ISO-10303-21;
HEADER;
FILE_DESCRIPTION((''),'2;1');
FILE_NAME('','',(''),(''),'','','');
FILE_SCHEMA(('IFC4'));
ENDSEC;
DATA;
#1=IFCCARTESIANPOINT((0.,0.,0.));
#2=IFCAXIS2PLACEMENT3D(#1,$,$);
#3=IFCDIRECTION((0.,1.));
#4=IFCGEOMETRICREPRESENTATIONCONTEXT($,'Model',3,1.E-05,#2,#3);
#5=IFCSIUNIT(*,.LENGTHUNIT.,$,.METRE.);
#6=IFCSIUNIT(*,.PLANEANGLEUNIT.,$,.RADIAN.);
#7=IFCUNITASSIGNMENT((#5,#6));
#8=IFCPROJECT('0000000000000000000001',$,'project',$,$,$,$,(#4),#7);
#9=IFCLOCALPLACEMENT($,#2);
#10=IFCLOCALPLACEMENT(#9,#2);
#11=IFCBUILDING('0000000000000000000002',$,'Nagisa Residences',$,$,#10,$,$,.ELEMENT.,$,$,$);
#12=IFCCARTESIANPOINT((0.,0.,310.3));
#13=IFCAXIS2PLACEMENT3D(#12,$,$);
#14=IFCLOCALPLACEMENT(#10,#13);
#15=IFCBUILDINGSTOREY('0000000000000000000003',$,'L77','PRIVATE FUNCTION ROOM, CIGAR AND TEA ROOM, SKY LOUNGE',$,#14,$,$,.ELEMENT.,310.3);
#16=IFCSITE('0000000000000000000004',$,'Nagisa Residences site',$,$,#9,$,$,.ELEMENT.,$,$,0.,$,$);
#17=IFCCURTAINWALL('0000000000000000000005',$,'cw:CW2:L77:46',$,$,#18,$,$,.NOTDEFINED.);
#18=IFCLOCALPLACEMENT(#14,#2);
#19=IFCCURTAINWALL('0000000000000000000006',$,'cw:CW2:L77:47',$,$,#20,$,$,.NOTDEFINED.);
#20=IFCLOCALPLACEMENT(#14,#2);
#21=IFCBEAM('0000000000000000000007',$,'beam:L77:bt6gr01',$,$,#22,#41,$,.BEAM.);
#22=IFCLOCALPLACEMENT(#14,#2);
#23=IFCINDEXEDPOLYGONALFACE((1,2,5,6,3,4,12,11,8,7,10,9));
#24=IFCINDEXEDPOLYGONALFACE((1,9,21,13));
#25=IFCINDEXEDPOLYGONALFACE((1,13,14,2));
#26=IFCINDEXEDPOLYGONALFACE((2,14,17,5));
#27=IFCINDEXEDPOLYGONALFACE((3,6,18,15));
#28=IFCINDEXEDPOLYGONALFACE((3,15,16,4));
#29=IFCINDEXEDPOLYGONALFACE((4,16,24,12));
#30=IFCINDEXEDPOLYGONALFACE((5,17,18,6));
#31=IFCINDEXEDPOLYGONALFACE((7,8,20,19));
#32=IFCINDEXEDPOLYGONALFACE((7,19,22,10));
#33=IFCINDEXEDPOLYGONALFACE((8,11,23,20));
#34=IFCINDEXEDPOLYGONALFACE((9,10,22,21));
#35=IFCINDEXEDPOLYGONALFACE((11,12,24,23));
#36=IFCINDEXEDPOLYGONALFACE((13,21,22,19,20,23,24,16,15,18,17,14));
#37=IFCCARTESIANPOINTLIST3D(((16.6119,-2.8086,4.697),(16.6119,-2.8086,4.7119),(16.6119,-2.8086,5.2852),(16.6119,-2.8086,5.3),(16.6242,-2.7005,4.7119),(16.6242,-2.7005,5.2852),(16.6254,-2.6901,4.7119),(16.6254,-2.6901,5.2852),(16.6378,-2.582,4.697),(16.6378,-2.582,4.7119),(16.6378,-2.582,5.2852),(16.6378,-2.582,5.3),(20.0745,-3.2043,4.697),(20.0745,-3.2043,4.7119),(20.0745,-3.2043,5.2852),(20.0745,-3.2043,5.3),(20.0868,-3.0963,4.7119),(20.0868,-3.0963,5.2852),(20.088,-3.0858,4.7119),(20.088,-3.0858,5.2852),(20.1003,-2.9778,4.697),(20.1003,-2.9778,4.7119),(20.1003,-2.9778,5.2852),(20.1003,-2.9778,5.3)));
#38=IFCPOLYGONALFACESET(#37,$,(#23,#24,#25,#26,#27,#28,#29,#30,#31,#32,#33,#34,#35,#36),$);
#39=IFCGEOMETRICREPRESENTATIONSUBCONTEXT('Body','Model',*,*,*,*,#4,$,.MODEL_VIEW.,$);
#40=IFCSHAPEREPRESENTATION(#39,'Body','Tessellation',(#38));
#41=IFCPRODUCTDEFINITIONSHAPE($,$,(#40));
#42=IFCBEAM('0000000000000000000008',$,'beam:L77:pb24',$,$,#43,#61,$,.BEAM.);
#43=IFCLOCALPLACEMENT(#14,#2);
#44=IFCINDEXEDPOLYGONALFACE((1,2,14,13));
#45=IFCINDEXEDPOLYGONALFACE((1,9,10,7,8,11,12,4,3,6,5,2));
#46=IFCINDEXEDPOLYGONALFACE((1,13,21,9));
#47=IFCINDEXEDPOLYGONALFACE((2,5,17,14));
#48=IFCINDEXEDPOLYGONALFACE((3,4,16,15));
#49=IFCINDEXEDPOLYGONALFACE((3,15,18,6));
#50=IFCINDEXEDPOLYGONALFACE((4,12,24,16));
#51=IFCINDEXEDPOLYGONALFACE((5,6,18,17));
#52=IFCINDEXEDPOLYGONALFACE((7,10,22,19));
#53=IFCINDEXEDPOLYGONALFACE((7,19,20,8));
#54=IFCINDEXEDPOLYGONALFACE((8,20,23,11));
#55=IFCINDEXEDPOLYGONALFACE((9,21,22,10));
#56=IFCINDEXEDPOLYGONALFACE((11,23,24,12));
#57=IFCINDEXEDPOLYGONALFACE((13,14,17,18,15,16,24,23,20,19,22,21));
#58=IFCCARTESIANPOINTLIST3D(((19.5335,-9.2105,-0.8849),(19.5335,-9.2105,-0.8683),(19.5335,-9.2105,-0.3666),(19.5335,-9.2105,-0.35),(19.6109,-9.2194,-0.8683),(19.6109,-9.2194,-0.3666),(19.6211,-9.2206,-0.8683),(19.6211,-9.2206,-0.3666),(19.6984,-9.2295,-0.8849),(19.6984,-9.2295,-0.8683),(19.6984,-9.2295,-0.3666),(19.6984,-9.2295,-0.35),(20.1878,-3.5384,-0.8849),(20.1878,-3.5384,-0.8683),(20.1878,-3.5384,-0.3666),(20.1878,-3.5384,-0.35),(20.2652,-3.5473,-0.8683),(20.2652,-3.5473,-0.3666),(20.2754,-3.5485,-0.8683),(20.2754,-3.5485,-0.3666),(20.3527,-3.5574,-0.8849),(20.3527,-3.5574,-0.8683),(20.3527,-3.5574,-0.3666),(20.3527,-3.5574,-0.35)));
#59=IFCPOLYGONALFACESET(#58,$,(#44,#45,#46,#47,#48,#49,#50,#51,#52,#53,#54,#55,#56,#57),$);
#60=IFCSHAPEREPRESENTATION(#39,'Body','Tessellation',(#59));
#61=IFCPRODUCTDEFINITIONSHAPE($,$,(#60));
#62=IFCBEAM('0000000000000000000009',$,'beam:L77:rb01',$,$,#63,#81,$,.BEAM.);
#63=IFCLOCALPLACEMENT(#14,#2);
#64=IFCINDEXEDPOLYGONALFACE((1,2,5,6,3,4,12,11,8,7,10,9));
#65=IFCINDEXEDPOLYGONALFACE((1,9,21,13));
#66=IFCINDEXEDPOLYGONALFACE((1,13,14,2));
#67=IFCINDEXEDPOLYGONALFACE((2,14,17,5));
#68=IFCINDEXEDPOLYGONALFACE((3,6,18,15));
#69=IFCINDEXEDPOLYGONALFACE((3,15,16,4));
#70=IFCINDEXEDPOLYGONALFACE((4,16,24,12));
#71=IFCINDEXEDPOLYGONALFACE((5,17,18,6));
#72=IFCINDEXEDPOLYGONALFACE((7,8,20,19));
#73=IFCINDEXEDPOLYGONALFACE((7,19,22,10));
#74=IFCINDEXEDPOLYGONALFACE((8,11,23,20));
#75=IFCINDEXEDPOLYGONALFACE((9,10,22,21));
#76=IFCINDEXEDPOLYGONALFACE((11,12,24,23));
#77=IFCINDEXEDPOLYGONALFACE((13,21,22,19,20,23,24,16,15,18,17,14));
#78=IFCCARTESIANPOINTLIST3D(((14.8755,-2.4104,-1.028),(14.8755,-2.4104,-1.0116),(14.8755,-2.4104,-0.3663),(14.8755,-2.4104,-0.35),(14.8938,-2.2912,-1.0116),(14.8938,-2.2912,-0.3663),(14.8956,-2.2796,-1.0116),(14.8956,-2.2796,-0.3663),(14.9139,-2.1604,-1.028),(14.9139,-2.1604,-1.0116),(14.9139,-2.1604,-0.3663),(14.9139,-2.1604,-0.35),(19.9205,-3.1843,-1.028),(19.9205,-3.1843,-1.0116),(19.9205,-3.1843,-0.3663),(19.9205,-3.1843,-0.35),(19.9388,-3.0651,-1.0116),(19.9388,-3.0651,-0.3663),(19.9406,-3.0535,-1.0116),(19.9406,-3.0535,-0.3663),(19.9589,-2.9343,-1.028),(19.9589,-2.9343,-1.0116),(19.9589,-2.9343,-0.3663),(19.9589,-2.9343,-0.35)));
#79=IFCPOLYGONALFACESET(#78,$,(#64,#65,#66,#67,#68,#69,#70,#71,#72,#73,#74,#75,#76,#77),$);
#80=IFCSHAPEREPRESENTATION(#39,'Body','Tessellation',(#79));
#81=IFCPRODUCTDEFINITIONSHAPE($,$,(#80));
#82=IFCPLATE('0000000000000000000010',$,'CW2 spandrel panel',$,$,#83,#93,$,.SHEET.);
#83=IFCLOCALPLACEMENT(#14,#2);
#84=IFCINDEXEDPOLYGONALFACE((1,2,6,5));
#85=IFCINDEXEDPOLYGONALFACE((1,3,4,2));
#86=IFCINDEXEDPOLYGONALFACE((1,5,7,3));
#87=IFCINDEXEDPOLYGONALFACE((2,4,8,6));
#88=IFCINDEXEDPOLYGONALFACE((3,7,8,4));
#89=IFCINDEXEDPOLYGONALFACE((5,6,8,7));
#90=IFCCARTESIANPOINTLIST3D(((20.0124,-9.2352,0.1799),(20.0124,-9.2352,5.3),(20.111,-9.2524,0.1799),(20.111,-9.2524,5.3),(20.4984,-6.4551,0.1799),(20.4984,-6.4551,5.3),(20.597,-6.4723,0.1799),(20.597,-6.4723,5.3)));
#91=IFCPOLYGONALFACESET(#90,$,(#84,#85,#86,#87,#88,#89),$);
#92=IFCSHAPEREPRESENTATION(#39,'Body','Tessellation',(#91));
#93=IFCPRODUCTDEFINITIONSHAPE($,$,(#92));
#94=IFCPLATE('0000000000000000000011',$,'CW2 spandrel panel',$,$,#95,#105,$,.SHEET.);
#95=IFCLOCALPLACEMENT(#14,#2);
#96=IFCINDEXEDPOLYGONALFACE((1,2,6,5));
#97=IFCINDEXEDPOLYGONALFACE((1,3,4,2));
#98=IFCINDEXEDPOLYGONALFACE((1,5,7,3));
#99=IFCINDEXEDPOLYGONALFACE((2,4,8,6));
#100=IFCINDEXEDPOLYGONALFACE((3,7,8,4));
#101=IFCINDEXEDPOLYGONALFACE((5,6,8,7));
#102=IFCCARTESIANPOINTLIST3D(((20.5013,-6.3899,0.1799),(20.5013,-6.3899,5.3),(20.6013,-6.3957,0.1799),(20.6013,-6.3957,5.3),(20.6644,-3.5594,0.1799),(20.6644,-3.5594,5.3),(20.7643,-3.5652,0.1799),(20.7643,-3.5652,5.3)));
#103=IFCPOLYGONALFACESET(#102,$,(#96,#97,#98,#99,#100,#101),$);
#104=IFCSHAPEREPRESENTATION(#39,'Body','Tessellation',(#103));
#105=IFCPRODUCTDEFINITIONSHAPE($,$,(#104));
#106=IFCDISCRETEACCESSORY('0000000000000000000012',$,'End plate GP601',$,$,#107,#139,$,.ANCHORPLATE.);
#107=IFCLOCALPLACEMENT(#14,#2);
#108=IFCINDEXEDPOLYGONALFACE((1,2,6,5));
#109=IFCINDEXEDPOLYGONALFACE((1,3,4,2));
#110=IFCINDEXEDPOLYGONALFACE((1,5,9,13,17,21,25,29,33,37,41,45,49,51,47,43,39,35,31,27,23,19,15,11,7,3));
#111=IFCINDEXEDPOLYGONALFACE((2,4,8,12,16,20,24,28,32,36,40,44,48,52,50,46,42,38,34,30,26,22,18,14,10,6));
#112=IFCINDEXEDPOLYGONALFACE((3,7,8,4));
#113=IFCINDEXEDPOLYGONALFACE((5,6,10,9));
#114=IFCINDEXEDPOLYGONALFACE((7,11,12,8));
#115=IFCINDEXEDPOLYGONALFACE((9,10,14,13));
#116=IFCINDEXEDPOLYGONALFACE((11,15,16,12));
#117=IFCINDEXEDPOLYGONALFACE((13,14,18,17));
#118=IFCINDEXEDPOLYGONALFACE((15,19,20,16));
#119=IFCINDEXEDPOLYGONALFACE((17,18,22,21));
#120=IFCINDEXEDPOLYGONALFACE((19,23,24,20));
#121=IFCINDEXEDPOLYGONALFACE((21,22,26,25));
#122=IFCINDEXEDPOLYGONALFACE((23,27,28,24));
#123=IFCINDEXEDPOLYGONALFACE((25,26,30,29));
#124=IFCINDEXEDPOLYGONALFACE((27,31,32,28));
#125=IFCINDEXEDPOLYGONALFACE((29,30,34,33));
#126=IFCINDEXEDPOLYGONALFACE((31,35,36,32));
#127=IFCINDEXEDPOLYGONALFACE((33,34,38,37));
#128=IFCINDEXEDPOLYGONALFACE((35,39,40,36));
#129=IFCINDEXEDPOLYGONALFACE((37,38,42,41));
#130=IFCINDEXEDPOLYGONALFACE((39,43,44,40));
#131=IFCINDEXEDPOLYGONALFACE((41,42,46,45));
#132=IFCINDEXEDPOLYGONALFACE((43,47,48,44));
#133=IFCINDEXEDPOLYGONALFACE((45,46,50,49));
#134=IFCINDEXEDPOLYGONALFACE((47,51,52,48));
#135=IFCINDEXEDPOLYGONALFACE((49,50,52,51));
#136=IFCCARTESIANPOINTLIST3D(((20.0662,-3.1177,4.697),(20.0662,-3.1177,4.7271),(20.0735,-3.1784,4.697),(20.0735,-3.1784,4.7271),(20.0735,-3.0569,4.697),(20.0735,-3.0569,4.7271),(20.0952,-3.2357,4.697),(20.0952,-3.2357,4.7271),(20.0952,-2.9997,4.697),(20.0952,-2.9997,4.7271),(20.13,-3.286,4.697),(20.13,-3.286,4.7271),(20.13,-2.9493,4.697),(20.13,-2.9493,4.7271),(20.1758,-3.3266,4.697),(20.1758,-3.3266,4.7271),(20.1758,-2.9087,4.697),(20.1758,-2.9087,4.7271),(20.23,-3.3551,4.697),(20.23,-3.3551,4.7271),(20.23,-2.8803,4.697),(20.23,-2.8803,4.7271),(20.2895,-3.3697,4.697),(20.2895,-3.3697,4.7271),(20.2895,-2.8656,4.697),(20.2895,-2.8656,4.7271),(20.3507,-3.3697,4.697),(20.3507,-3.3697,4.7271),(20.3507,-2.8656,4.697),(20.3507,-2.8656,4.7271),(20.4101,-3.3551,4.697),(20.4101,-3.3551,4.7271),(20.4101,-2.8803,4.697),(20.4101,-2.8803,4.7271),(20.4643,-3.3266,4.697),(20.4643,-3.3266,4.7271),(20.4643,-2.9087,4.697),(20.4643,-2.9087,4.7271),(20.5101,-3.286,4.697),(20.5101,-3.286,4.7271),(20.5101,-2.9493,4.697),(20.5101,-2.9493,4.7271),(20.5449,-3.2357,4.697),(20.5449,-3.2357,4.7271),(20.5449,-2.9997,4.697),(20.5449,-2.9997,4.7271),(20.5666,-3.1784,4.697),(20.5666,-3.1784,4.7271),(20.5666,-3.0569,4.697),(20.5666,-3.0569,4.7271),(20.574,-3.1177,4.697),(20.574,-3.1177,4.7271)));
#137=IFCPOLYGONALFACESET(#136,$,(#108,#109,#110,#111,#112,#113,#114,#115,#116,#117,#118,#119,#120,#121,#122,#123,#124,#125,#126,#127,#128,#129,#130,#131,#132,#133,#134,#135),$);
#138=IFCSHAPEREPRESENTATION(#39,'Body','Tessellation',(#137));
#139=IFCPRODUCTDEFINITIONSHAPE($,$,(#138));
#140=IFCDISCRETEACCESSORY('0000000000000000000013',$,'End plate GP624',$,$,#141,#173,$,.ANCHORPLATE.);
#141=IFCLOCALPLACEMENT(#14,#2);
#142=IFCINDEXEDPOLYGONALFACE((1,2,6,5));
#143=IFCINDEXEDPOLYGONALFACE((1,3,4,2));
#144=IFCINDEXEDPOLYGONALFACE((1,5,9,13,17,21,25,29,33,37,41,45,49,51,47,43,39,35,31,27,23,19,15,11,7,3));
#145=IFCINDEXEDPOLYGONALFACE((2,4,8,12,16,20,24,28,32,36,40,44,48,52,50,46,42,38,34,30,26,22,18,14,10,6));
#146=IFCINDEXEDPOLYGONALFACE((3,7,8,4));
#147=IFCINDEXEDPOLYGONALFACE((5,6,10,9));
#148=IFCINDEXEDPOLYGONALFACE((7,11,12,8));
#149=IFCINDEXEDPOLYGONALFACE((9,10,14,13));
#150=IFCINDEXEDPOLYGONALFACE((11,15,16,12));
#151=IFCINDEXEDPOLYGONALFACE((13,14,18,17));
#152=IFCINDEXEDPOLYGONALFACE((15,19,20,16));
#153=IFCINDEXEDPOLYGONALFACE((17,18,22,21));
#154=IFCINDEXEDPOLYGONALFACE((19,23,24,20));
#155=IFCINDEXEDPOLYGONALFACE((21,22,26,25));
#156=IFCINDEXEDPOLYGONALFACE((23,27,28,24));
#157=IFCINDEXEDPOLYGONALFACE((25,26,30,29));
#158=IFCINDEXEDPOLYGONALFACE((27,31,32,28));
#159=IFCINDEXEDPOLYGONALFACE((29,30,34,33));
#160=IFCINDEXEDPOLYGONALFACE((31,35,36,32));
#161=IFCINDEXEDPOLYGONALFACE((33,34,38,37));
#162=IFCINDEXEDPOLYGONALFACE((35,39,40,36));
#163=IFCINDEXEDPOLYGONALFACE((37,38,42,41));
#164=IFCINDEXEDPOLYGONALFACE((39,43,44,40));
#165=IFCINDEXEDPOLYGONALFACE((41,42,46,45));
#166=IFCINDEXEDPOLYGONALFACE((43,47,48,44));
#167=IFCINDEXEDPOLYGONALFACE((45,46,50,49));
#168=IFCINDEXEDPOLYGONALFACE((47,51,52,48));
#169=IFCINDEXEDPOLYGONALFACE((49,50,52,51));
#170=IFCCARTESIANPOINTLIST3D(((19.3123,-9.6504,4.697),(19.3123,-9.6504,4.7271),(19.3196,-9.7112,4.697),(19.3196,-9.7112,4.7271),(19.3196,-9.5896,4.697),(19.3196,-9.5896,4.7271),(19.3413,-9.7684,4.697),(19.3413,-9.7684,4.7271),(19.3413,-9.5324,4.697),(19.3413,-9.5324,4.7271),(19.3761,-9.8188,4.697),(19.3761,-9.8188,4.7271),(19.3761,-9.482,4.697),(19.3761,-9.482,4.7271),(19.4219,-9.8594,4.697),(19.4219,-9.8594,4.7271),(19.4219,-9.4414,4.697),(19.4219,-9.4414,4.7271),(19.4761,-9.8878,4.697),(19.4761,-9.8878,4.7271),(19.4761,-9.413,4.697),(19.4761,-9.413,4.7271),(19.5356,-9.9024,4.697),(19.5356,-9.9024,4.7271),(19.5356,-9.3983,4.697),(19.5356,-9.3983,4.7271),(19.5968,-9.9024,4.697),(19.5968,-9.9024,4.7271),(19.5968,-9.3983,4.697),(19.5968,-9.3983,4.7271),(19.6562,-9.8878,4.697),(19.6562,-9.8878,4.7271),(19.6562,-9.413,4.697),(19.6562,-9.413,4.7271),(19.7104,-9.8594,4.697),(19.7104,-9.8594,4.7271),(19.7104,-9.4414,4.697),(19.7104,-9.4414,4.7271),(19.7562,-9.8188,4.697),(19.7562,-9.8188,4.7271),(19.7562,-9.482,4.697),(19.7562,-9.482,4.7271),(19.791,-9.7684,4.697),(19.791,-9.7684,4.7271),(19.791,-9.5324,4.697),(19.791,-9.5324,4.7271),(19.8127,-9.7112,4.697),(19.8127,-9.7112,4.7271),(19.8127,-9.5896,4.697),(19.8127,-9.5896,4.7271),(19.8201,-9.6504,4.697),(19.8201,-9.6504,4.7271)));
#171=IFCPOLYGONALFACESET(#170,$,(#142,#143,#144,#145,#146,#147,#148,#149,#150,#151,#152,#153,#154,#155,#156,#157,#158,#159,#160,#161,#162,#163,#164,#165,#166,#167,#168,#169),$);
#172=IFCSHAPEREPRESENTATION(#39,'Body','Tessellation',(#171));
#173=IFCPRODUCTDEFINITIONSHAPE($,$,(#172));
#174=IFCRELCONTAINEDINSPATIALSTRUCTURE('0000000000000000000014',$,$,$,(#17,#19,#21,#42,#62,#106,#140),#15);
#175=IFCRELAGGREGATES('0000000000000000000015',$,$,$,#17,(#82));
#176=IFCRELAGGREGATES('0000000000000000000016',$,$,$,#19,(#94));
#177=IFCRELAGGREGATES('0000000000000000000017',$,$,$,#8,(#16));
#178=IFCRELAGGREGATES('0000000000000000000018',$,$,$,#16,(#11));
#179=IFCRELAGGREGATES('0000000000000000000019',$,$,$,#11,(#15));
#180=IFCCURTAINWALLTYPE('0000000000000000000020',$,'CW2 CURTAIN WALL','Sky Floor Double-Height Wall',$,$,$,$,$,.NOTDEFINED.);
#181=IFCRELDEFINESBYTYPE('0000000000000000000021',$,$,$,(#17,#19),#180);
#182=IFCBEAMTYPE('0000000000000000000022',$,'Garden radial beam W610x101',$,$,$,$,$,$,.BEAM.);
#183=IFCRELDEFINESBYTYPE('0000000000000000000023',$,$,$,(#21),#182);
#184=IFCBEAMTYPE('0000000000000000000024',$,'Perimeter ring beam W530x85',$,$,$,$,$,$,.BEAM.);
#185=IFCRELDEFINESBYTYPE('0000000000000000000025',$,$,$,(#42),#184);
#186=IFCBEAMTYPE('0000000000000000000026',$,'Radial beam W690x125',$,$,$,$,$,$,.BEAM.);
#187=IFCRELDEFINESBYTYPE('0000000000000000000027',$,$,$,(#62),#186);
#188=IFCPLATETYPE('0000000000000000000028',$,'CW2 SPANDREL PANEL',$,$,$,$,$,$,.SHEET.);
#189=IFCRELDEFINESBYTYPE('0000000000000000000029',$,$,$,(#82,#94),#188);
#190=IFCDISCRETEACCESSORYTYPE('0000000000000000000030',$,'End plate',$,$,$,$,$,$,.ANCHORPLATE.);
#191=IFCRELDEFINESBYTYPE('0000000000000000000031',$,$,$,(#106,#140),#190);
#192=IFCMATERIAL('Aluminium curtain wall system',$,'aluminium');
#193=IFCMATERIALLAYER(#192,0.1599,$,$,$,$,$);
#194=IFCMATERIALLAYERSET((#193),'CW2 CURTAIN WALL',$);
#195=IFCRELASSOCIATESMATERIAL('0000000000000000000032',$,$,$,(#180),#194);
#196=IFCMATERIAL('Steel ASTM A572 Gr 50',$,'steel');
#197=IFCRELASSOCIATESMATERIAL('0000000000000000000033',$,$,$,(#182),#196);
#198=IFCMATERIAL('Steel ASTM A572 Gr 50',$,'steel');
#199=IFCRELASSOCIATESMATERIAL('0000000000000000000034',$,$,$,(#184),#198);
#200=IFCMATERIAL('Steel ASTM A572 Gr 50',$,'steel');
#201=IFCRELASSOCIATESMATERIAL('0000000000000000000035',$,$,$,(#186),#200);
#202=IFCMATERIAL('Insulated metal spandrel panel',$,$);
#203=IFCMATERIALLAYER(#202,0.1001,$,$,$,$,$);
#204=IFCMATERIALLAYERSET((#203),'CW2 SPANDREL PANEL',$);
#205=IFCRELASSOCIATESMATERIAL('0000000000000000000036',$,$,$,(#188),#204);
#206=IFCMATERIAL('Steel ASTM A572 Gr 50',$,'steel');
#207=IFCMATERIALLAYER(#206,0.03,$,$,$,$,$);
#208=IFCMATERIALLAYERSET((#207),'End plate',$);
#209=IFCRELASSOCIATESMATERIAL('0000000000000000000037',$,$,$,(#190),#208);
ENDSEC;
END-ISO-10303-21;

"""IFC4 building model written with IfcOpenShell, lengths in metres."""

from ifc_helpers import new_model, si_unit, direction, frame, origin, origin_2d, place, context, subcontext, project, spatial, rectangle, circle, i_section, extrude, material, layer, layer_set, material_profile, profile_set, type_object, element, aggregate, save


model = new_model("IFC4")

# Units and contexts
model_context = context("Model", 3, precision=1e-05, world=origin(), true_north=direction((0.0, 1.0)))
body_context = subcontext(model_context, "Body", "Model", "MODEL_VIEW")
ifc_project = project(units=[si_unit("LENGTHUNIT", "METRE"), si_unit("PLANEANGLEUNIT", "RADIAN")], contexts=[model_context])

# Site, building, storey
site_placement = place(None, origin())
site = spatial("IfcSite", under=ifc_project, at=site_placement, Name="Nagisa Residences site", CompositionType="ELEMENT", RefElevation=0.0)
building_placement = place(site_placement, origin())
building = spatial("IfcBuilding", under=site, at=building_placement, Name="Nagisa Residences", CompositionType="ELEMENT")
storey_placement = place(building_placement, frame((0.0, 0.0, 310.3)))
storey = spatial("IfcBuildingStorey", under=building, at=storey_placement, Name="L77", Description="PRIVATE FUNCTION ROOM, CIGAR AND TEA ROOM, SKY LOUNGE", CompositionType="ELEMENT", Elevation=310.3)

# Curtain walls
ifc_material_1 = material(Name="Aluminium curtain wall system", Category="aluminium")
ifc_layer_1 = layer(ifc_material_1, 0.1599)
ifc_layer_set_1 = layer_set([ifc_layer_1], Name="CW2 CURTAIN WALL")
curtain_wall_type = type_object("IfcCurtainWallType", Name="CW2 CURTAIN WALL", Description="Sky Floor Double-Height Wall", PredefinedType="NOTDEFINED", material=ifc_layer_set_1)
curtain_wall_1_placement = place(storey_placement, origin())
curtain_wall_1 = element("IfcCurtainWall", 1, at=curtain_wall_1_placement, inside=storey, type_object=curtain_wall_type, Name="cw:CW2:L77:46", PredefinedType="NOTDEFINED")
curtain_wall_2_placement = place(storey_placement, origin())
curtain_wall_2 = element("IfcCurtainWall", 2, at=curtain_wall_2_placement, inside=storey, type_object=curtain_wall_type, Name="cw:CW2:L77:47", PredefinedType="NOTDEFINED")

# Beams
ifc_material_2 = material(Name="Steel ASTM A572 Gr 50", Category="steel")
ifc_material_profile_1 = material_profile(ifc_material_2, i_section(OverallWidth=0.228, OverallDepth=0.603, WebThickness=0.0105, FlangeThickness=0.0149, at=origin_2d()), Name="W610x101")
ifc_profile_set_1 = profile_set([ifc_material_profile_1], Name="Steel ASTM A572 Gr 50")
beam_type_1 = type_object("IfcBeamType", Name="Garden radial beam W610x101", PredefinedType="BEAM", material=ifc_profile_set_1)
beam_1_placement = place(storey_placement, frame((20.0874, -3.0911, 4.9985), z_axis=(-0.993532, 0.113553, 0.0), x_axis=(-0.113553, -0.993532, 0.0)))
element("IfcBeam", 3, at=beam_1_placement, inside=storey, type_object=beam_type_1, Name="beam:L77:bt6gr01", PredefinedType="BEAM", context=body_context, shape_type="SweptSolid", body=[
    extrude(i_section(OverallWidth=0.228, OverallDepth=0.603, WebThickness=0.0105, FlangeThickness=0.0149, at=origin_2d()), origin(), (0.0, 0.0, 1.0), 3.4851),
])
ifc_material_3 = material(Name="Steel ASTM A572 Gr 50", Category="steel")
ifc_material_profile_2 = material_profile(ifc_material_3, i_section(OverallWidth=0.166, OverallDepth=0.5349, WebThickness=0.0103, FlangeThickness=0.0166, at=origin_2d()), Name="W530x85")
ifc_profile_set_2 = profile_set([ifc_material_profile_2], Name="Steel ASTM A572 Gr 50")
beam_type_2 = type_object("IfcBeamType", Name="Perimeter ring beam W530x85", PredefinedType="BEAM", material=ifc_profile_set_2)
beam_2_placement = place(storey_placement, frame((19.616, -9.22, -0.6174), z_axis=(0.114593, 0.993412, 0.0), x_axis=(-0.993412, 0.114593, 0.0)))
element("IfcBeam", 4, at=beam_2_placement, inside=storey, type_object=beam_type_2, Name="beam:L77:pb24", PredefinedType="BEAM", context=body_context, shape_type="SweptSolid", body=[
    extrude(i_section(OverallWidth=0.166, OverallDepth=0.5349, WebThickness=0.0103, FlangeThickness=0.0166, at=origin_2d()), origin(), (0.0, 0.0, 1.0), 5.7097),
])
ifc_material_4 = material(Name="Steel ASTM A572 Gr 50", Category="steel")
ifc_material_profile_3 = material_profile(ifc_material_4, i_section(OverallWidth=0.2529, OverallDepth=0.678, WebThickness=0.0117, FlangeThickness=0.0164, at=origin_2d()), Name="W690x125")
ifc_profile_set_3 = profile_set([ifc_material_profile_3], Name="Steel ASTM A572 Gr 50")
beam_type_3 = type_object("IfcBeamType", Name="Radial beam W690x125", PredefinedType="BEAM", material=ifc_profile_set_3)
beam_3_placement = place(storey_placement, frame((19.9397, -3.0593, -0.689), z_axis=(-0.988437, 0.151633, 0.0), x_axis=(-0.151633, -0.988437, 0.0)))
element("IfcBeam", 5, at=beam_3_placement, inside=storey, type_object=beam_type_3, Name="beam:L77:rb01", PredefinedType="BEAM", context=body_context, shape_type="SweptSolid", body=[
    extrude(i_section(OverallWidth=0.2529, OverallDepth=0.678, WebThickness=0.0117, FlangeThickness=0.0164, at=origin_2d()), origin(), (0.0, 0.0, 1.0), 5.104),
])

# Plates
ifc_material_5 = material(Name="Insulated metal spandrel panel")
ifc_layer_2 = layer(ifc_material_5, 0.1001)
ifc_layer_set_2 = layer_set([ifc_layer_2], Name="CW2 SPANDREL PANEL")
plate_type = type_object("IfcPlateType", Name="CW2 SPANDREL PANEL", PredefinedType="SHEET", material=ifc_layer_set_2)
plate_1_placement = place(storey_placement, frame((20.3047, -7.8538, 0.1799), z_axis=(0.0, 0.0, 1.0), x_axis=(0.172191, 0.985064, 0.0)))
plate_1 = element("IfcPlate", 6, at=plate_1_placement, type_object=plate_type, Name="CW2 spandrel panel", PredefinedType="SHEET", context=body_context, shape_type="SweptSolid", body=[
    extrude(rectangle(XDim=2.8223, YDim=0.1001, at=origin_2d()), origin(), (0.0, 0.0, 1.0), 5.1201),
])
aggregate(curtain_wall_1, [plate_1])
plate_2_placement = place(storey_placement, frame((20.6328, -4.9775, 0.1799), z_axis=(0.0, 0.0, 1.0), x_axis=(0.057503, 0.998345, 0.0)))
plate_2 = element("IfcPlate", 7, at=plate_2_placement, type_object=plate_type, Name="CW2 spandrel panel", PredefinedType="SHEET", context=body_context, shape_type="SweptSolid", body=[
    extrude(rectangle(XDim=2.8352, YDim=0.1001, at=origin_2d()), origin(), (0.0, 0.0, 1.0), 5.1201),
])
aggregate(curtain_wall_2, [plate_2])

# Discrete accessories
ifc_material_6 = material(Name="Steel ASTM A572 Gr 50", Category="steel")
ifc_layer_3 = layer(ifc_material_6, 0.03)
ifc_layer_set_3 = layer_set([ifc_layer_3], Name="End plate")
discrete_accessory_type_1 = type_object("IfcDiscreteAccessoryType", Name="End plate", PredefinedType="ANCHORPLATE", material=ifc_layer_set_3)
for number, where, z_axis, x_axis, name in (
    (8, (20.3201, -3.1177, 4.697), (0.0, 0.0, 1.0), (1.0, 0.0, 0.0), "End plate GP601"),
    (9, (19.5662, -9.6504, 4.697), (0.0, 0.0, 1.0), (1.0, 0.0, 0.0), "End plate GP624"),
):
    element("IfcDiscreteAccessory", number, at=place(storey_placement, frame(where, z_axis=z_axis, x_axis=x_axis)), inside=storey, type_object=discrete_accessory_type_1, Name=name, PredefinedType="ANCHORPLATE", context=body_context, shape_type="SweptSolid", body=[
        extrude(circle(Radius=0.2539, at=origin_2d()), origin(), (0.0, 0.0, 1.0), 0.03),
    ])

save(model, "model.ifc")
